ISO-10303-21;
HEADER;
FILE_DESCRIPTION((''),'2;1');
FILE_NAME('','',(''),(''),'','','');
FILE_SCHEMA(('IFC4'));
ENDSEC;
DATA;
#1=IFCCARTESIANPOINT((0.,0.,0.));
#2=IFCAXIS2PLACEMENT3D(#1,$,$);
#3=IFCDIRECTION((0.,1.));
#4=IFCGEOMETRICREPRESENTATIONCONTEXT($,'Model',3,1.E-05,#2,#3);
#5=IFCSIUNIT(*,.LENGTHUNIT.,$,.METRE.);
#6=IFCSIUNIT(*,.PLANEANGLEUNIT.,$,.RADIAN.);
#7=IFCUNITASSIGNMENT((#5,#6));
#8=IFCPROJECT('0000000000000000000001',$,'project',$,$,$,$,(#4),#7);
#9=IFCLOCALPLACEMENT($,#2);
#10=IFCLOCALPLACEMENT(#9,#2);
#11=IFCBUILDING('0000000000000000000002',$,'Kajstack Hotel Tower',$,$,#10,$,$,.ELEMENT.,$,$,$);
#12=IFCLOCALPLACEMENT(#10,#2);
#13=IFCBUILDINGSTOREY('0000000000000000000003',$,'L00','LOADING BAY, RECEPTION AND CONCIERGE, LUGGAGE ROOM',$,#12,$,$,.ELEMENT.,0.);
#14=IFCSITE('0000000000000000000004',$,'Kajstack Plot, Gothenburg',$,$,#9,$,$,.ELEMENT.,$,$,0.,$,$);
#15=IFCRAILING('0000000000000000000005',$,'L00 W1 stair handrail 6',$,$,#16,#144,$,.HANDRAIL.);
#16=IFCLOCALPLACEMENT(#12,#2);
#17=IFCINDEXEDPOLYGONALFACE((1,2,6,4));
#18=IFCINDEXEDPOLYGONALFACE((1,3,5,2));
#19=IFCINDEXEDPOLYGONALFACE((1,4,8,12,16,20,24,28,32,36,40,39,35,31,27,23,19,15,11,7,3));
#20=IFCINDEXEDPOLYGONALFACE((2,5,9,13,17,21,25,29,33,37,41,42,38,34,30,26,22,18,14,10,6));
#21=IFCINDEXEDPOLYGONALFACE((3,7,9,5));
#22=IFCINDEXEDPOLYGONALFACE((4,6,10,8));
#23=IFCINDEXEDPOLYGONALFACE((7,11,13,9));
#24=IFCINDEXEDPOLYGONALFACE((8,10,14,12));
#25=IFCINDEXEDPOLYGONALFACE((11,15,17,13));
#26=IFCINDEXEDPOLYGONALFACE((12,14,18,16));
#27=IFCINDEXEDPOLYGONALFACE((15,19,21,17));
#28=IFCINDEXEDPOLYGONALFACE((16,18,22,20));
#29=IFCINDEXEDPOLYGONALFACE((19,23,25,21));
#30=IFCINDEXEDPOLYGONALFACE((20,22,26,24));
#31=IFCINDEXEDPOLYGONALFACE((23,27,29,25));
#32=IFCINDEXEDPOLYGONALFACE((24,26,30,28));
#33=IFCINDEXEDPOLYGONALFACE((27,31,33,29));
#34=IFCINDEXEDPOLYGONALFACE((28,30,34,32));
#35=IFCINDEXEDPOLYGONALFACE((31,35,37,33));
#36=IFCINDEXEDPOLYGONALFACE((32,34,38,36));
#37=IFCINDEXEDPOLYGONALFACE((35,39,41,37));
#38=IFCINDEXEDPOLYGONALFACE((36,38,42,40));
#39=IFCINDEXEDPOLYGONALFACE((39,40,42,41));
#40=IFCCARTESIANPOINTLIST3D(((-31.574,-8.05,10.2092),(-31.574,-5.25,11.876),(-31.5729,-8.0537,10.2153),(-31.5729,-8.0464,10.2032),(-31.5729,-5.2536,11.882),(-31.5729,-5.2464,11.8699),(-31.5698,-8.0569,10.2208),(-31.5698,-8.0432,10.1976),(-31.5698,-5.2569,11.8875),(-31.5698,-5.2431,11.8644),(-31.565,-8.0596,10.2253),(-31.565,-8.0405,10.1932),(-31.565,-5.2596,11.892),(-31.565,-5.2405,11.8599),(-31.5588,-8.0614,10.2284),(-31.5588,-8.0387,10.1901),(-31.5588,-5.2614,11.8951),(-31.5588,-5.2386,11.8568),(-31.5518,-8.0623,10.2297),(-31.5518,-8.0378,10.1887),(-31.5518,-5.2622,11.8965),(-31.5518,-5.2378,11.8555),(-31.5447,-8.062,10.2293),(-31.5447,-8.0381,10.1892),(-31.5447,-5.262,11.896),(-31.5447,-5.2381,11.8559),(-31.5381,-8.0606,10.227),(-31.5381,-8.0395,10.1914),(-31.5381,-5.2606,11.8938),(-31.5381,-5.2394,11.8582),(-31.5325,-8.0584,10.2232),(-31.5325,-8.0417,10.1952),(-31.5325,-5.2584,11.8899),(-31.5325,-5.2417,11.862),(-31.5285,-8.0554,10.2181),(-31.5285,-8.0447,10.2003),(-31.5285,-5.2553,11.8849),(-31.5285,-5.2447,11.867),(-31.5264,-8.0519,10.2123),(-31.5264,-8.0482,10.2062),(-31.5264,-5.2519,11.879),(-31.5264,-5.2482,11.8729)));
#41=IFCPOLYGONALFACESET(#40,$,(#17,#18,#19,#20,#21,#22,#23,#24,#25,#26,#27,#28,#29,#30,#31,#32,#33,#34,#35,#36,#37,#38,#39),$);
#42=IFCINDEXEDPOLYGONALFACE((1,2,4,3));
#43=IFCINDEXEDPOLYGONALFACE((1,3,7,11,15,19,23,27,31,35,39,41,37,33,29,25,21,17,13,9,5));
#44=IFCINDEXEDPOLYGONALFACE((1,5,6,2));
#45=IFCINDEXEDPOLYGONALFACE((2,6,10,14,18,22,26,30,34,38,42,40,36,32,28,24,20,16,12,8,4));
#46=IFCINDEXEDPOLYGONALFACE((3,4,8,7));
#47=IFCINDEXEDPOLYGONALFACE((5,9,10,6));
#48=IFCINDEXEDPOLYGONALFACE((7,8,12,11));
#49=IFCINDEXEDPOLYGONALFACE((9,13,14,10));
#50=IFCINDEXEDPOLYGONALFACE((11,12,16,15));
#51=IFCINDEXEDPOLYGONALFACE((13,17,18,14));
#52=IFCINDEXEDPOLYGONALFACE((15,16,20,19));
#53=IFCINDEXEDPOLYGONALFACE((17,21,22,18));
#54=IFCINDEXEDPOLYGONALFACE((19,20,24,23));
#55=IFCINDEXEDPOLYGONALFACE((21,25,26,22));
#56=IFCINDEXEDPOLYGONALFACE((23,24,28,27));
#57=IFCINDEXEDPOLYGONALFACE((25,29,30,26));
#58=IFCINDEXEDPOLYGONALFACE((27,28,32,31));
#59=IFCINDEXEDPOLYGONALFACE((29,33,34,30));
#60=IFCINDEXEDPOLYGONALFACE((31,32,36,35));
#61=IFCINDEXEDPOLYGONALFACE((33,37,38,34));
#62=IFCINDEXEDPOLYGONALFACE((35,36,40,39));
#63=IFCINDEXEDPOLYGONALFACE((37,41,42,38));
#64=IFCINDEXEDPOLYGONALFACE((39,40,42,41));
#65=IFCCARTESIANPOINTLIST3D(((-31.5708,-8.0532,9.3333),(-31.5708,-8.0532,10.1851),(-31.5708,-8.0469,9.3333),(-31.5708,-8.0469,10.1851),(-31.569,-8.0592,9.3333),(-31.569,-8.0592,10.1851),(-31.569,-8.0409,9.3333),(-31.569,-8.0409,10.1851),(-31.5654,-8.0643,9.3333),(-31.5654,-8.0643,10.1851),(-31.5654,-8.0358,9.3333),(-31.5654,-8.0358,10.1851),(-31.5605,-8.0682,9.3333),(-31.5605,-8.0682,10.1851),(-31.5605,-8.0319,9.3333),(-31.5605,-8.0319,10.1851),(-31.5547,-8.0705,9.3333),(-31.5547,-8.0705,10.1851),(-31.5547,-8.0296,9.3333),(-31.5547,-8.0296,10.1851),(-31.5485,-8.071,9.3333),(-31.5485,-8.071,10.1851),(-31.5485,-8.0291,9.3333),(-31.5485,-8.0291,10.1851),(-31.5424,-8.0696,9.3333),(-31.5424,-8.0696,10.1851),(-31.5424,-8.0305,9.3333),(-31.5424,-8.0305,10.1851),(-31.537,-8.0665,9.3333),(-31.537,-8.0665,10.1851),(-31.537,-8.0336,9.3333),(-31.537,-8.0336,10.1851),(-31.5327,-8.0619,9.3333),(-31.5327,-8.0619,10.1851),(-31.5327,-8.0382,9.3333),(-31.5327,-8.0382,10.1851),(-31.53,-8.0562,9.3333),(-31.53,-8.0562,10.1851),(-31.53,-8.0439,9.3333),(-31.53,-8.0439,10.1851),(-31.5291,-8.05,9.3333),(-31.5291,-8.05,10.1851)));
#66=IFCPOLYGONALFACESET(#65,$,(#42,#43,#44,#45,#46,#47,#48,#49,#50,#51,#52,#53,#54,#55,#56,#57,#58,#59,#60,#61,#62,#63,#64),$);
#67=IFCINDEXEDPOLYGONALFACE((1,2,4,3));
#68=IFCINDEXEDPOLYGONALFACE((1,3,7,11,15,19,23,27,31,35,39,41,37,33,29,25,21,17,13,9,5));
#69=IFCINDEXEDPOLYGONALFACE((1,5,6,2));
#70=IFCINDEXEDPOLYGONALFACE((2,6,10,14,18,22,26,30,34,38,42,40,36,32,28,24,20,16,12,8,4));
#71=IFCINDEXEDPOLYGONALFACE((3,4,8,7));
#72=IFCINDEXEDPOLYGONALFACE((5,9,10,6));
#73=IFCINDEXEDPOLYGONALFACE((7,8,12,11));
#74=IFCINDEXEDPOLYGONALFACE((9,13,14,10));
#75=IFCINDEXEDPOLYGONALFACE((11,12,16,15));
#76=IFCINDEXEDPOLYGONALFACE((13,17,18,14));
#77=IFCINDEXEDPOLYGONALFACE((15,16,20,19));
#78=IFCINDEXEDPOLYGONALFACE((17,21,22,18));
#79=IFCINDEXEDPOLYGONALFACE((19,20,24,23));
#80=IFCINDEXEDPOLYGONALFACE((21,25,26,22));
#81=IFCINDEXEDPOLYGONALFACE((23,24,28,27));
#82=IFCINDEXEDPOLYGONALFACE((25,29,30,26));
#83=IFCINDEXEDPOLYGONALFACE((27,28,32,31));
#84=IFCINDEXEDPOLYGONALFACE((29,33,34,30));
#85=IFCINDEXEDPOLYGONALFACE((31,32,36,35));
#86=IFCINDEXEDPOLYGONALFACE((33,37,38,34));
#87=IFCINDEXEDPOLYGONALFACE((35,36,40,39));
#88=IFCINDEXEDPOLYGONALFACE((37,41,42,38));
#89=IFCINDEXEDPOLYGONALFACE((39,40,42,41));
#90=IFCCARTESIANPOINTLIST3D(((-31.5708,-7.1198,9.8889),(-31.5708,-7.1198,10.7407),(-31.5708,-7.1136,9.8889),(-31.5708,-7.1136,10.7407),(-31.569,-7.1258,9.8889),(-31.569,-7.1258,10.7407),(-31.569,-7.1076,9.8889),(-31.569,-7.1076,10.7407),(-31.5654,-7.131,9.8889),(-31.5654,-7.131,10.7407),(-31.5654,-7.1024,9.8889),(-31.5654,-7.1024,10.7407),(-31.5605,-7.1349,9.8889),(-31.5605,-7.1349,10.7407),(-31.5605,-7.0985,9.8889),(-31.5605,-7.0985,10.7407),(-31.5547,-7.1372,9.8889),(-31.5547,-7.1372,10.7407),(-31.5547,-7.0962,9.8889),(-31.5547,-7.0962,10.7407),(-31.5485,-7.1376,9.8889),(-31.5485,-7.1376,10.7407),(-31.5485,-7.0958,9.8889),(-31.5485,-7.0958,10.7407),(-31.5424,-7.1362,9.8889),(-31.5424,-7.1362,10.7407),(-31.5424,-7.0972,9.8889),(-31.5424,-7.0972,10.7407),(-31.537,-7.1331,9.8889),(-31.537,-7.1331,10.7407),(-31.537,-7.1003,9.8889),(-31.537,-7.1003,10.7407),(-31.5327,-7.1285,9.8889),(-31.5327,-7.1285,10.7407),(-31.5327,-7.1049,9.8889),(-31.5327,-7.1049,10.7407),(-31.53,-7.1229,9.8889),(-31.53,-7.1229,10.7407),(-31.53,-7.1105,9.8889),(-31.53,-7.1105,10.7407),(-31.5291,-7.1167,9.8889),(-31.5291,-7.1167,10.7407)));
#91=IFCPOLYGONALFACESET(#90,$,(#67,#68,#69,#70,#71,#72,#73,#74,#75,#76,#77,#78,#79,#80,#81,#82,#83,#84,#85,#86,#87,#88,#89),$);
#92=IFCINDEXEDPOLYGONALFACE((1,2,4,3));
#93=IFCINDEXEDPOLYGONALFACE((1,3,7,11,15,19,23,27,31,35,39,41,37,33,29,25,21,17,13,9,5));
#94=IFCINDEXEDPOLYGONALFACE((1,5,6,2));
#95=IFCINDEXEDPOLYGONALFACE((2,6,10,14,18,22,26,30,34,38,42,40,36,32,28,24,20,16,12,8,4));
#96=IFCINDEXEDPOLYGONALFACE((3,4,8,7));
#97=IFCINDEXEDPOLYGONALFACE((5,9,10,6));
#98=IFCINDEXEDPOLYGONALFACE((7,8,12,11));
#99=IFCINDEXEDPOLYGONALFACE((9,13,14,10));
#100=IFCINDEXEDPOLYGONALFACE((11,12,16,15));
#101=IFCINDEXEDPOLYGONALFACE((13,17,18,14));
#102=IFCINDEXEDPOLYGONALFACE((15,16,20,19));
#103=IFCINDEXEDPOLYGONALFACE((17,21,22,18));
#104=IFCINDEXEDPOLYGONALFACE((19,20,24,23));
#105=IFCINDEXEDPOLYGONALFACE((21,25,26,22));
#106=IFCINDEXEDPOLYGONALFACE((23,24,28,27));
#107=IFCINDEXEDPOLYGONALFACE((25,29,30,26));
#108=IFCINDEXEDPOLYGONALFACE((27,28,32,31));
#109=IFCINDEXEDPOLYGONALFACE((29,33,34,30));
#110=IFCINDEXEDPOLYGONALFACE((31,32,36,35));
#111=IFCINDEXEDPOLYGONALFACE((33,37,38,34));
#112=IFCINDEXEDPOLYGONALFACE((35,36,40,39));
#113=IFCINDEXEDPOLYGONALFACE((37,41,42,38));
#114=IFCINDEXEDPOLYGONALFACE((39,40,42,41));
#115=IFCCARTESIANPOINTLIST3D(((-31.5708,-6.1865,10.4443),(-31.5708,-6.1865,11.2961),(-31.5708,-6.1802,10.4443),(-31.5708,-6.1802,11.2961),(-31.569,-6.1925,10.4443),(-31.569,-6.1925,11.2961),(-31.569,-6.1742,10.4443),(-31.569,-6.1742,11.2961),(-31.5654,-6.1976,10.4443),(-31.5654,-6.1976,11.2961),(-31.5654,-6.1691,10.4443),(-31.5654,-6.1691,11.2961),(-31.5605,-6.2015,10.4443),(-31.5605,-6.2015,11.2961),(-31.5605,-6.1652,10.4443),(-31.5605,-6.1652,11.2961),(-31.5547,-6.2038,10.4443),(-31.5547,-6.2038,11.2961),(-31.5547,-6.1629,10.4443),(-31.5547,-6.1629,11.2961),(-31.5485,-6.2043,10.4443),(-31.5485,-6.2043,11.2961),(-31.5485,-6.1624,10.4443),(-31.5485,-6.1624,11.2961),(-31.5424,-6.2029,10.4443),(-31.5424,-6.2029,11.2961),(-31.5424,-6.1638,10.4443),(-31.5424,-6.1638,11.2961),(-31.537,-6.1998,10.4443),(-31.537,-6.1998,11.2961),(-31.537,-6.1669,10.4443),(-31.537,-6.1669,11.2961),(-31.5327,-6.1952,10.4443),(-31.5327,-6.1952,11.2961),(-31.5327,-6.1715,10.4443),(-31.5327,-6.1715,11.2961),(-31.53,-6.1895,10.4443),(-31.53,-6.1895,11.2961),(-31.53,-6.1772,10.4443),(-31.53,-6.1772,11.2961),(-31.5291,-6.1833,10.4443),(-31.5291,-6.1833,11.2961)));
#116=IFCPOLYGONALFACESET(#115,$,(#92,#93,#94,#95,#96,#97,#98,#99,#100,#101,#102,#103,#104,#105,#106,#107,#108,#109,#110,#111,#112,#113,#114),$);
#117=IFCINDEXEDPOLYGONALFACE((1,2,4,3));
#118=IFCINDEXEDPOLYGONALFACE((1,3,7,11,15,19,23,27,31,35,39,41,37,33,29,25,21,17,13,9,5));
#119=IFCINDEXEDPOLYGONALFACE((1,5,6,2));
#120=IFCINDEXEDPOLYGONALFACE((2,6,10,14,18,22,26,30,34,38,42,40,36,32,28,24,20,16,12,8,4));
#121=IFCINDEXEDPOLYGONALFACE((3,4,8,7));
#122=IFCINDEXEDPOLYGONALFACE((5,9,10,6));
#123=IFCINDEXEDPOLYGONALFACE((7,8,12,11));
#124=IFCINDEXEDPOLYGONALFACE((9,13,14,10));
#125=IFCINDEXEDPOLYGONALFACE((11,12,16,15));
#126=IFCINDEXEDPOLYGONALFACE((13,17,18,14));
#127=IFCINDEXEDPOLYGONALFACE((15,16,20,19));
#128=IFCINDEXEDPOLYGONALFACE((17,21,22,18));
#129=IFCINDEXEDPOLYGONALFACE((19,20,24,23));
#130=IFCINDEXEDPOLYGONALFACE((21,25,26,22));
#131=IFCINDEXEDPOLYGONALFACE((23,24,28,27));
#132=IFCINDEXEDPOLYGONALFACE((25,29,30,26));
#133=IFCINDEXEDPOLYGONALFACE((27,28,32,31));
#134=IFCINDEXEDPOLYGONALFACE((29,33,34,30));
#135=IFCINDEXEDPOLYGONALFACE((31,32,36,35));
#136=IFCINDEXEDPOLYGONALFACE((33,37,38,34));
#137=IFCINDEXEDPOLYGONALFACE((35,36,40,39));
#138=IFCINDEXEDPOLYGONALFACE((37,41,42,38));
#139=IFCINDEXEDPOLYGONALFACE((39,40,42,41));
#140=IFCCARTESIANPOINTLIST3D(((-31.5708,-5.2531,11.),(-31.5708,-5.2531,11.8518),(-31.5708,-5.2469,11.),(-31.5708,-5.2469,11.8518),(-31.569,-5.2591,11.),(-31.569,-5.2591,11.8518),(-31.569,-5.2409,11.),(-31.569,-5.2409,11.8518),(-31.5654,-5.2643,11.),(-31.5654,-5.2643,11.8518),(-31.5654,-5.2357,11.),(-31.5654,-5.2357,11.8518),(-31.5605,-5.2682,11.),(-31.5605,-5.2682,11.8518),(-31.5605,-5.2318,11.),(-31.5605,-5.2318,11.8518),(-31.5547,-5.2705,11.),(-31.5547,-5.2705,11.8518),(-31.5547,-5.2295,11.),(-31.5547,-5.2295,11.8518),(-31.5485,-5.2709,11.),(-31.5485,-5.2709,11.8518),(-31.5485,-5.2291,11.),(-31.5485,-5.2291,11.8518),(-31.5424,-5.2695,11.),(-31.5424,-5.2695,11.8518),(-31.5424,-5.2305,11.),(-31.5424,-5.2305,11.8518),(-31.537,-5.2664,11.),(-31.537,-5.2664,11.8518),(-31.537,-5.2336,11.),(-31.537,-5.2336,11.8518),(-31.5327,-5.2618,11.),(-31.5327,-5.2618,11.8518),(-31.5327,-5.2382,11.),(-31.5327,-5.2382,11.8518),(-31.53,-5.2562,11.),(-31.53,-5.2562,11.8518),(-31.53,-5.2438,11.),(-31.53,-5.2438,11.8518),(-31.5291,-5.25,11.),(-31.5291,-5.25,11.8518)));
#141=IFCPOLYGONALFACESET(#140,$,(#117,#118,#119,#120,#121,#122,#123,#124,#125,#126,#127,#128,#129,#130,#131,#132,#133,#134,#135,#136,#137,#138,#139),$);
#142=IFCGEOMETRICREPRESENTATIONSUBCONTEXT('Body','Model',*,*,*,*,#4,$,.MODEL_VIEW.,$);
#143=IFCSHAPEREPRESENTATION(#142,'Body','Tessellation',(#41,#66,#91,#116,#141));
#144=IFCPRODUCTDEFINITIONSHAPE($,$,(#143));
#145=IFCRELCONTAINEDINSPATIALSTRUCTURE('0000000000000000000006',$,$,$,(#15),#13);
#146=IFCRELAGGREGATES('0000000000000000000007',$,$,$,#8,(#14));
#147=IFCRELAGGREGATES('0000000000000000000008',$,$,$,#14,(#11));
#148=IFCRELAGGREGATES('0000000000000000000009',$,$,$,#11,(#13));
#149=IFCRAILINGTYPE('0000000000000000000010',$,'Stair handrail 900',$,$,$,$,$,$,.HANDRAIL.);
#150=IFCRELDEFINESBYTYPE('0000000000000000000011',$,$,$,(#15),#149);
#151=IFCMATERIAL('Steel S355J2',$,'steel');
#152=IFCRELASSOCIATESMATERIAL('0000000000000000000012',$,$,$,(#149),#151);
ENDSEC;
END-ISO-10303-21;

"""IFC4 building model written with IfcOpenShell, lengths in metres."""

from ifc_helpers import new_model, si_unit, direction, frame, origin, origin_2d, place, context, subcontext, project, spatial, circle, extrude, material, type_object, element, save


model = new_model("IFC4")

# Units and contexts
model_context = context("Model", 3, precision=1e-05, world=origin(), true_north=direction((0.0, 1.0)))
body_context = subcontext(model_context, "Body", "Model", "MODEL_VIEW")
ifc_project = project(units=[si_unit("LENGTHUNIT", "METRE"), si_unit("PLANEANGLEUNIT", "RADIAN")], contexts=[model_context])

# Site, building, storey
site_placement = place(None, origin())
site = spatial("IfcSite", under=ifc_project, at=site_placement, Name="Kajstack Plot, Gothenburg", CompositionType="ELEMENT", RefElevation=0.0)
building_placement = place(site_placement, origin())
building = spatial("IfcBuilding", under=site, at=building_placement, Name="Kajstack Hotel Tower", CompositionType="ELEMENT")
storey_placement = place(building_placement, origin())
storey = spatial("IfcBuildingStorey", under=building, at=storey_placement, Name="L00", Description="LOADING BAY, RECEPTION AND CONCIERGE, LUGGAGE ROOM", CompositionType="ELEMENT", Elevation=0.0)

# Railing
ifc_material_1 = material(Name="Steel S355J2", Category="steel")
railing_type_1 = type_object("IfcRailingType", Name="Stair handrail 900", PredefinedType="HANDRAIL", material=ifc_material_1)
railing_1_placement = place(storey_placement, frame((-31.55, -8.05, 9.3333)))
element("IfcRailing", 1, at=railing_1_placement, inside=storey, type_object=railing_type_1, Name="L00 W1 stair handrail 6", PredefinedType="HANDRAIL", context=body_context, shape_type="SweptSolid", body=[
    extrude(circle(Radius=0.0239, at=origin_2d()), frame((0.0, 0.0, 0.876), z_axis=(0.0, 0.859286, 0.511496), x_axis=(-1.0, 0.0, 0.0)), (0.0, 0.0, 1.0), 3.2585),
    extrude(circle(Radius=0.021, at=origin_2d()), origin(), (0.0, 0.0, 1.0), 0.8518),
    extrude(circle(Radius=0.021, at=origin_2d()), frame((0.0, 0.9333, 0.5557)), (0.0, 0.0, 1.0), 0.8518),
    extrude(circle(Radius=0.021, at=origin_2d()), frame((0.0, 1.8667, 1.1111)), (0.0, 0.0, 1.0), 0.8518),
    extrude(circle(Radius=0.021, at=origin_2d()), frame((0.0, 2.8, 1.6667)), (0.0, 0.0, 1.0), 0.8518),
])

save(model, "model.ifc")
